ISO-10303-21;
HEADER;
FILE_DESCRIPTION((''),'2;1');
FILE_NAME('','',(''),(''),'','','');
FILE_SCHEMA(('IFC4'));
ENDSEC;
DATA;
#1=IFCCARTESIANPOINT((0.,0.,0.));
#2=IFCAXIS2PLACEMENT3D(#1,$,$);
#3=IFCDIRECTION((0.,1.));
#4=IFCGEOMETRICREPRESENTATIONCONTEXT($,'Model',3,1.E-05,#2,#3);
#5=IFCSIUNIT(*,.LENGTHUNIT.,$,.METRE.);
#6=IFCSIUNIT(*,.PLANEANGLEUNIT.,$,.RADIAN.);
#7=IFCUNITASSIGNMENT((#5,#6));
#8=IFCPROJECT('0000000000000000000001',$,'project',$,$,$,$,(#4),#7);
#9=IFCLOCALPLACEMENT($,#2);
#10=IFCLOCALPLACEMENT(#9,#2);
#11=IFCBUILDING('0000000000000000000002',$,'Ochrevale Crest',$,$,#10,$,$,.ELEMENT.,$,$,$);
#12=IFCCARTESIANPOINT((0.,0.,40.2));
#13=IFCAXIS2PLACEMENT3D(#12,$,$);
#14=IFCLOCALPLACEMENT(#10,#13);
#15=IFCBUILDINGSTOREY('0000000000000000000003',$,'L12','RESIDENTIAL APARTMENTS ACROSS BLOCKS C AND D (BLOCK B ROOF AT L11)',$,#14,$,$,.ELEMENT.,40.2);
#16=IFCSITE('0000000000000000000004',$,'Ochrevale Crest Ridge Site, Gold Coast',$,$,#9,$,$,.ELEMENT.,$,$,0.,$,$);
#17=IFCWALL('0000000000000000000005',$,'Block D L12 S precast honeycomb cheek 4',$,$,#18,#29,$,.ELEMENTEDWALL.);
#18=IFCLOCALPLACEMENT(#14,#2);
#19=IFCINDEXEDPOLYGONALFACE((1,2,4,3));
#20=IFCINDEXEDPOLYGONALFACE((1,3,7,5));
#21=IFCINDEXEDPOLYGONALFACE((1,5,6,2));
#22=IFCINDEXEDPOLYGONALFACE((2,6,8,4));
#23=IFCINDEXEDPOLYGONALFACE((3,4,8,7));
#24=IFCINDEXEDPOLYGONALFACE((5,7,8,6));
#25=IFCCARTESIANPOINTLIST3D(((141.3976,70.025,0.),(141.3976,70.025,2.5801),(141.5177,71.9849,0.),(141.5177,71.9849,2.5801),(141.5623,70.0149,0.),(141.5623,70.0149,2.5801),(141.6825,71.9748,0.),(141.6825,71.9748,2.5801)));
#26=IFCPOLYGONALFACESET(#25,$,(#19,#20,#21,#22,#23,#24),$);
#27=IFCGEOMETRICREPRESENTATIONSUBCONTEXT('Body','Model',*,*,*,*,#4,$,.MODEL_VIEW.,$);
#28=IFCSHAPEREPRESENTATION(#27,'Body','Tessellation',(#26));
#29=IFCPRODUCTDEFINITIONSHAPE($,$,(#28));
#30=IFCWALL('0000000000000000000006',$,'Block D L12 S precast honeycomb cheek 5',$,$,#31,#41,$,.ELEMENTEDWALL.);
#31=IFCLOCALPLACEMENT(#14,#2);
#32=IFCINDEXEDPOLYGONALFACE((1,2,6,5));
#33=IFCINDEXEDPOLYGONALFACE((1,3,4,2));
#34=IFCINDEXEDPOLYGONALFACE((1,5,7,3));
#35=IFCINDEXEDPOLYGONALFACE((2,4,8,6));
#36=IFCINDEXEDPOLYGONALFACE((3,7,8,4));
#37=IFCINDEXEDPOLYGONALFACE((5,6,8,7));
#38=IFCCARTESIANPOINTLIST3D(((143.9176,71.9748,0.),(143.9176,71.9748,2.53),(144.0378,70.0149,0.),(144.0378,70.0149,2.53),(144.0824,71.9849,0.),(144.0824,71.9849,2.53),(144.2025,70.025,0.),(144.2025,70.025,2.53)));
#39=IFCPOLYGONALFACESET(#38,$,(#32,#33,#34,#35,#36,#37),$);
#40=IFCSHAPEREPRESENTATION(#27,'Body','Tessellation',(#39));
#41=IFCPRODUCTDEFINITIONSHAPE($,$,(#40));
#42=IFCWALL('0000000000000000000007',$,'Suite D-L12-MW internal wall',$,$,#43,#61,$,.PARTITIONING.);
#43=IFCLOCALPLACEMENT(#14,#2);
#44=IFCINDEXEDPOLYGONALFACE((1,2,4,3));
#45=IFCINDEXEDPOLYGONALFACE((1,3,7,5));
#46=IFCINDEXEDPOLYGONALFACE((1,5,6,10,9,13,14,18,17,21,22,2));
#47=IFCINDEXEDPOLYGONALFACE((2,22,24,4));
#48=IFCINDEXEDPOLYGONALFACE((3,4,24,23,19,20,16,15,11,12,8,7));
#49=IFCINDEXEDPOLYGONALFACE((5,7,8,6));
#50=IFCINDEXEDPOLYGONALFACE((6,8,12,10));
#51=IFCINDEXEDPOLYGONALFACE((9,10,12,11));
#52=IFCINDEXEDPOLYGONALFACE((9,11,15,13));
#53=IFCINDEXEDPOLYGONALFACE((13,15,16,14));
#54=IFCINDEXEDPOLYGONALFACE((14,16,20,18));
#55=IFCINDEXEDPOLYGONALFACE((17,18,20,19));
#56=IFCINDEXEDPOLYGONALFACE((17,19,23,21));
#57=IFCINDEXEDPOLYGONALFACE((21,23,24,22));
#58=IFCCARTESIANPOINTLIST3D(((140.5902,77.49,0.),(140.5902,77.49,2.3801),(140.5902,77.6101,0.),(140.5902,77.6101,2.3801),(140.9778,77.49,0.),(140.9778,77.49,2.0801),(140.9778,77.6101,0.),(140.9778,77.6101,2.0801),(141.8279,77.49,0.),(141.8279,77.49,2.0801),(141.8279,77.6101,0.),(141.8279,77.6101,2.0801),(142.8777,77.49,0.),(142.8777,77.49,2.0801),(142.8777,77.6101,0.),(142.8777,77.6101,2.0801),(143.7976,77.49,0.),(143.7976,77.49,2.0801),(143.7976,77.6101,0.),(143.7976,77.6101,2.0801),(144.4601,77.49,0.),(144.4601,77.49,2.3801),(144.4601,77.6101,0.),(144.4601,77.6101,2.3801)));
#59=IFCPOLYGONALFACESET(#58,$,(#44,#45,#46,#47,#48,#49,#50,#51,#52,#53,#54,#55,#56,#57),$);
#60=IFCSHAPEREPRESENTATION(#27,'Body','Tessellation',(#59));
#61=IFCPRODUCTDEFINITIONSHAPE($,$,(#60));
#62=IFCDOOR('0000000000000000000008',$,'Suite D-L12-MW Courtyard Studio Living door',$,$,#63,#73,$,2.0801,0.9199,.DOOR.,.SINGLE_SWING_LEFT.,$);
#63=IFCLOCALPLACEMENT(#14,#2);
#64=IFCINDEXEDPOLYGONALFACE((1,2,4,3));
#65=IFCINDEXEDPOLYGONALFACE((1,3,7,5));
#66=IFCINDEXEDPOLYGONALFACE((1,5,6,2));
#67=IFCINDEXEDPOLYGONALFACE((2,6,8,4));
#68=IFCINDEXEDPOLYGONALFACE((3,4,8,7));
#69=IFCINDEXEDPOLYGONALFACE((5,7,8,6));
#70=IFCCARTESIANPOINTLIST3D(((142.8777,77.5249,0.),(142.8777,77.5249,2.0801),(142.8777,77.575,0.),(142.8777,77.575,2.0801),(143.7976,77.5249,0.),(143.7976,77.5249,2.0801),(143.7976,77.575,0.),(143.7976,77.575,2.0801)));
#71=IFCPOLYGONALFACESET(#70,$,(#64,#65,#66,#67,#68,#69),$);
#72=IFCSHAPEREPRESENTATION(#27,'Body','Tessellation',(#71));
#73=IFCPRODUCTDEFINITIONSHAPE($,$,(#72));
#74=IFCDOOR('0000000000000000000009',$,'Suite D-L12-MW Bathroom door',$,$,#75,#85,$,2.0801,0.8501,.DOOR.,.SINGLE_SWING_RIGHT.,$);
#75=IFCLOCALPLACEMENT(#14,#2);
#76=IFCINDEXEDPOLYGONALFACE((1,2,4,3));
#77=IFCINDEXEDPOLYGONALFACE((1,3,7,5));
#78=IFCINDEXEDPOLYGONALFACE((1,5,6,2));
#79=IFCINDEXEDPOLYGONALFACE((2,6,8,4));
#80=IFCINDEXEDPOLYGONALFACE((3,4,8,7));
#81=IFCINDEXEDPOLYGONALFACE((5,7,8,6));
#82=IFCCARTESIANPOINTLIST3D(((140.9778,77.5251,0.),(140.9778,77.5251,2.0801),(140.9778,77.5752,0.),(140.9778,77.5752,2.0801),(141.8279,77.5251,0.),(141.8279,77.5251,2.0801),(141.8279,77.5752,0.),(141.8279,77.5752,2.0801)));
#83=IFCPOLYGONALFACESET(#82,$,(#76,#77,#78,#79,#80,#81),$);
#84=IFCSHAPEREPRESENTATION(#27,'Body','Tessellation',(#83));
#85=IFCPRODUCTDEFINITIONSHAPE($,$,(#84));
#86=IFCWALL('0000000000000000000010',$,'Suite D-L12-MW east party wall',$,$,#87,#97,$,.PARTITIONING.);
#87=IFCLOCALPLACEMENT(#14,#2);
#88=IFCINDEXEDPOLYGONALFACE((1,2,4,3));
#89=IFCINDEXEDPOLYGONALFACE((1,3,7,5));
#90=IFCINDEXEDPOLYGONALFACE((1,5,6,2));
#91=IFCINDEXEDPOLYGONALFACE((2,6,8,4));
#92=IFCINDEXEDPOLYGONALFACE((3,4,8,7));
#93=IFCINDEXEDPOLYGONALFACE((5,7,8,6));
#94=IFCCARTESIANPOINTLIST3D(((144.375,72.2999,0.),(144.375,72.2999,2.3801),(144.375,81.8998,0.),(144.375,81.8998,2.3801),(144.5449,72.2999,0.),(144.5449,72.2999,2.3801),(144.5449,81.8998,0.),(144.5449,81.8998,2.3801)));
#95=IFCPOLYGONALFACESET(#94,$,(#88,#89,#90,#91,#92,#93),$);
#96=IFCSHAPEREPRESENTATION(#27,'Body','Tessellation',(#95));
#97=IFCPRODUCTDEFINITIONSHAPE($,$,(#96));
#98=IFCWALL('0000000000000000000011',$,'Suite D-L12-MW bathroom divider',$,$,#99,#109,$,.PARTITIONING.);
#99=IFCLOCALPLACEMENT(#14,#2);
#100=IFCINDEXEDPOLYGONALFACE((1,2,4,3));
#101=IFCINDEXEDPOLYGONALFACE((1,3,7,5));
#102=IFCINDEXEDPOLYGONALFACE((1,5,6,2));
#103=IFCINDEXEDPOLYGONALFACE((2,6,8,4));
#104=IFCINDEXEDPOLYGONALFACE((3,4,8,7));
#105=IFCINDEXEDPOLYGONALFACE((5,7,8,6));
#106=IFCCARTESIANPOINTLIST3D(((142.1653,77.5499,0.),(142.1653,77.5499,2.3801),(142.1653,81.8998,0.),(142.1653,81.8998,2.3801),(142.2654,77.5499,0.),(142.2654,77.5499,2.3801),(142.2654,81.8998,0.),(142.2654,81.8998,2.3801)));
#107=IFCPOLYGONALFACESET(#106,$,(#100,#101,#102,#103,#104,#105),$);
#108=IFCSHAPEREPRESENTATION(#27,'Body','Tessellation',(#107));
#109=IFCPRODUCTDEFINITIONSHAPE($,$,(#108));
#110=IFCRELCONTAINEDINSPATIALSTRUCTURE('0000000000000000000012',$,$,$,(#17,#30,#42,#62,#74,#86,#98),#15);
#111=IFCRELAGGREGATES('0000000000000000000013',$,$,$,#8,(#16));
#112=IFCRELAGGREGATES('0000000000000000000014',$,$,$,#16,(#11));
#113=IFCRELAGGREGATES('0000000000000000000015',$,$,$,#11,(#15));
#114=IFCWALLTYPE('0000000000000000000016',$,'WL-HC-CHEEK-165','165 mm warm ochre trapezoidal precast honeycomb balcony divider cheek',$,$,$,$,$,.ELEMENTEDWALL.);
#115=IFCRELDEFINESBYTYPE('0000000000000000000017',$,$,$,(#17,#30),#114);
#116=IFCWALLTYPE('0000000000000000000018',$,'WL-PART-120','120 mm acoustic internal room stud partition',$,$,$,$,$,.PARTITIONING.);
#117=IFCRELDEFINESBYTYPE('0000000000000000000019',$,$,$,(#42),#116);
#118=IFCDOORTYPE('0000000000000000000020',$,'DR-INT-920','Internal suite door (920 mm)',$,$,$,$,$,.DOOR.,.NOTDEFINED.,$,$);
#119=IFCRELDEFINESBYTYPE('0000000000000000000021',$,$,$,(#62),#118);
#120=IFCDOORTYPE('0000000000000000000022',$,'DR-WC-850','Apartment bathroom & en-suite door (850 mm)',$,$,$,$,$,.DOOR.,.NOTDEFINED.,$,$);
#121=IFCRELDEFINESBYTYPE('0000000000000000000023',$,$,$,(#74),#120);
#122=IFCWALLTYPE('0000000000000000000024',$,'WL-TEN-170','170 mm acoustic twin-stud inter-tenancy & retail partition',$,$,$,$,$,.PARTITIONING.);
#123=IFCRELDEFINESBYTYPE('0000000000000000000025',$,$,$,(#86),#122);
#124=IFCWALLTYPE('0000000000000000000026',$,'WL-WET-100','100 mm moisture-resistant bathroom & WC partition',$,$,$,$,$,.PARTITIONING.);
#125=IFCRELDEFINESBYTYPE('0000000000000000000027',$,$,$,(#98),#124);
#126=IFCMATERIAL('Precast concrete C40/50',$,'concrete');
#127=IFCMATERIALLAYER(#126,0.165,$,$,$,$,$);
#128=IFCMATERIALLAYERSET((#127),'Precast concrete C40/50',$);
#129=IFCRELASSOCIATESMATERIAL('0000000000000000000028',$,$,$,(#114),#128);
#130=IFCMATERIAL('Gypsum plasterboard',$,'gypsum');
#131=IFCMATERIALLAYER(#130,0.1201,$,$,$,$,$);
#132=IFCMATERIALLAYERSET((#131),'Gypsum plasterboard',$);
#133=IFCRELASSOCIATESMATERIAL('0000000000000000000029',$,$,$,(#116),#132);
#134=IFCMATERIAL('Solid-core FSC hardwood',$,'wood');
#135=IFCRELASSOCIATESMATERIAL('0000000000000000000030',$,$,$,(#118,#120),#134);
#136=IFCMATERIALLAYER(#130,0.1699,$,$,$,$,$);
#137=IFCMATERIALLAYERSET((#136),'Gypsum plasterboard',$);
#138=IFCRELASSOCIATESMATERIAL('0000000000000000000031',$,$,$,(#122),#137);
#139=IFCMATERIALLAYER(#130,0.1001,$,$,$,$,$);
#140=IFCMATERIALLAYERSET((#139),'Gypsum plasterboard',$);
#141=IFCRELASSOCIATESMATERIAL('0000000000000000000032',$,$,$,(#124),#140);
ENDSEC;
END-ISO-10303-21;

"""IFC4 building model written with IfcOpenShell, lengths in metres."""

from ifc_helpers import new_model, si_unit, direction, frame, frame_2d, origin, place, context, subcontext, project, spatial, rectangle, extrude, material, layer, layer_set, type_object, element, fill, save


model = new_model("IFC4")

# Units and contexts
model_context = context("Model", 3, precision=1e-05, world=origin(), true_north=direction((0.0, 1.0)))
body_context = subcontext(model_context, "Body", "Model", "MODEL_VIEW")
ifc_project = project(units=[si_unit("LENGTHUNIT", "METRE"), si_unit("PLANEANGLEUNIT", "RADIAN")], contexts=[model_context])

# Site, building, storey
site_placement = place(None, origin())
site = spatial("IfcSite", under=ifc_project, at=site_placement, Name="Ochrevale Crest Ridge Site, Gold Coast", CompositionType="ELEMENT", RefElevation=0.0)
building_placement = place(site_placement, origin())
building = spatial("IfcBuilding", under=site, at=building_placement, Name="Ochrevale Crest", CompositionType="ELEMENT")
storey_placement = place(building_placement, frame((0.0, 0.0, 40.2)))
storey = spatial("IfcBuildingStorey", under=building, at=storey_placement, Name="L12", Description="RESIDENTIAL APARTMENTS ACROSS BLOCKS C AND D (BLOCK B ROOF AT L11)", CompositionType="ELEMENT", Elevation=40.2)

# Shared definitions
ifc_material_1 = material(Name="Precast concrete C40/50", Category="concrete")

# Walls
ifc_layer_1 = layer(ifc_material_1, 0.165)
ifc_layer_set_1 = layer_set([ifc_layer_1], Name="Precast concrete C40/50")
wall_type_1 = type_object("IfcWallType", Name="WL-HC-CHEEK-165", Description="165 mm warm ochre trapezoidal precast honeycomb balcony divider cheek", PredefinedType="ELEMENTEDWALL", material=ifc_layer_set_1)
wall_1_placement = place(storey_placement, frame((141.6001, 71.98, 0.0), z_axis=(0.0, 0.0, 1.0), x_axis=(-0.061171, -0.998127, 0.0)))
element("IfcWall", 1, at=wall_1_placement, inside=storey, type_object=wall_type_1, Name="Block D L12 S precast honeycomb cheek 4", PredefinedType="ELEMENTEDWALL", context=body_context, shape_type="SweptSolid", body=[
    extrude(rectangle(XDim=1.9636, YDim=0.165, at=frame_2d((0.9819, 0.0))), origin(), (0.0, 0.0, 1.0), 2.5801),
])
wall_2_placement = place(storey_placement, frame((144.0, 71.98, 0.0), z_axis=(0.0, 0.0, 1.0), x_axis=(0.061171, -0.998127, 0.0)))
element("IfcWall", 2, at=wall_2_placement, inside=storey, type_object=wall_type_1, Name="Block D L12 S precast honeycomb cheek 5", PredefinedType="ELEMENTEDWALL", context=body_context, shape_type="SweptSolid", body=[
    extrude(rectangle(XDim=1.9636, YDim=0.165, at=frame_2d((0.9819, 0.0))), origin(), (0.0, 0.0, 1.0), 2.53),
])

# Wall, openings, doors
ifc_material_2 = material(Name="Gypsum plasterboard", Category="gypsum")
ifc_layer_2 = layer(ifc_material_2, 0.1201)
ifc_layer_set_2 = layer_set([ifc_layer_2], Name="Gypsum plasterboard")
wall_type_2 = type_object("IfcWallType", Name="WL-PART-120", Description="120 mm acoustic internal room stud partition", PredefinedType="PARTITIONING", material=ifc_layer_set_2)
wall_3_placement = place(storey_placement, frame((140.5901, 77.55, 0.0), z_axis=(0.0, 0.0, 1.0), x_axis=(1.0, 0.0, 0.0)))
wall_3 = element("IfcWall", 3, at=wall_3_placement, inside=storey, type_object=wall_type_2, Name="Suite D-L12-MW internal wall", PredefinedType="PARTITIONING", context=body_context, shape_type="SweptSolid", body=[
    extrude(rectangle(XDim=3.8699, YDim=0.1201, at=frame_2d((1.9351, 0.0))), origin(), (0.0, 0.0, 1.0), 2.3801),
])
opening_1_placement = place(wall_3_placement, frame((1.2378, 0.0, 0.0), z_axis=(0.0, 0.0, 1.0), x_axis=(-1.0, 0.0, 0.0)))
opening_1 = element("IfcOpeningElement", 4, at=opening_1_placement, cuts=wall_3, PredefinedType="OPENING", context=body_context, shape_type="SweptSolid", body=[
    extrude(rectangle(XDim=0.8501, YDim=2.0801, at=frame_2d((0.425, 1.04))), frame((0.0, 0.0701, 0.0), z_axis=(0.0, -1.0, 0.0), x_axis=(1.0, 0.0, 0.0)), (0.0, 0.0, 1.0), 0.1401),
])
opening_2_placement = place(wall_3_placement, frame((2.2876, 0.0, 0.0)))
opening_2 = element("IfcOpeningElement", 5, at=opening_2_placement, cuts=wall_3, PredefinedType="OPENING", context=body_context, shape_type="SweptSolid", body=[
    extrude(rectangle(XDim=0.9199, YDim=2.0801, at=frame_2d((0.46, 1.04))), frame((0.0, 0.0701, 0.0), z_axis=(0.0, -1.0, 0.0), x_axis=(1.0, 0.0, 0.0)), (0.0, 0.0, 1.0), 0.1401),
])
ifc_material_3 = material(Name="Solid-core FSC hardwood", Category="wood")
door_type_1 = type_object("IfcDoorType", Name="DR-INT-920", Description="Internal suite door (920 mm)", OperationType="NOTDEFINED", PredefinedType="DOOR", material=ifc_material_3)
door_1_placement = place(opening_2_placement, origin())
door_1 = element("IfcDoor", 6, at=door_1_placement, inside=storey, type_object=door_type_1, Name="Suite D-L12-MW Courtyard Studio Living door", OperationType="SINGLE_SWING_LEFT", OverallHeight=2.0801, OverallWidth=0.9199, PredefinedType="DOOR", context=body_context, shape_type="SweptSolid", body=[
    extrude(rectangle(XDim=0.9199, YDim=2.0801, at=frame_2d((0.46, 1.04))), frame((0.0, 0.0249, 0.0), z_axis=(0.0, -1.0, 0.0), x_axis=(1.0, 0.0, 0.0)), (0.0, 0.0, 1.0), 0.05),
])
fill(opening_2, door_1)
door_type_2 = type_object("IfcDoorType", Name="DR-WC-850", Description="Apartment bathroom & en-suite door (850 mm)", OperationType="NOTDEFINED", PredefinedType="DOOR", material=ifc_material_3)
door_2_placement = place(opening_1_placement, origin())
door_2 = element("IfcDoor", 7, at=door_2_placement, inside=storey, type_object=door_type_2, Name="Suite D-L12-MW Bathroom door", OperationType="SINGLE_SWING_RIGHT", OverallHeight=2.0801, OverallWidth=0.8501, PredefinedType="DOOR", context=body_context, shape_type="SweptSolid", body=[
    extrude(rectangle(XDim=0.8501, YDim=2.0801, at=frame_2d((0.425, 1.04))), frame((0.0, 0.0249, 0.0), z_axis=(0.0, -1.0, 0.0), x_axis=(1.0, 0.0, 0.0)), (0.0, 0.0, 1.0), 0.05),
])
fill(opening_1, door_2)

# Walls
ifc_layer_3 = layer(ifc_material_2, 0.1699)
ifc_layer_set_3 = layer_set([ifc_layer_3], Name="Gypsum plasterboard")
wall_type_3 = type_object("IfcWallType", Name="WL-TEN-170", Description="170 mm acoustic twin-stud inter-tenancy & retail partition", PredefinedType="PARTITIONING", material=ifc_layer_set_3)
wall_4_placement = place(storey_placement, frame((144.46, 72.3, 0.0), z_axis=(0.0, 0.0, 1.0), x_axis=(0.0, 1.0, 0.0)))
element("IfcWall", 8, at=wall_4_placement, inside=storey, type_object=wall_type_3, Name="Suite D-L12-MW east party wall", PredefinedType="PARTITIONING", context=body_context, shape_type="SweptSolid", body=[
    extrude(rectangle(XDim=9.5999, YDim=0.1699, at=frame_2d((4.7998, 0.0))), origin(), (0.0, 0.0, 1.0), 2.3801),
])
ifc_layer_4 = layer(ifc_material_2, 0.1001)
ifc_layer_set_4 = layer_set([ifc_layer_4], Name="Gypsum plasterboard")
wall_type_4 = type_object("IfcWallType", Name="WL-WET-100", Description="100 mm moisture-resistant bathroom & WC partition", PredefinedType="PARTITIONING", material=ifc_layer_set_4)
wall_5_placement = place(storey_placement, frame((142.2153, 77.55, 0.0), z_axis=(0.0, 0.0, 1.0), x_axis=(0.0, 1.0, 0.0)))
element("IfcWall", 9, at=wall_5_placement, inside=storey, type_object=wall_type_4, Name="Suite D-L12-MW bathroom divider", PredefinedType="PARTITIONING", context=body_context, shape_type="SweptSolid", body=[
    extrude(rectangle(XDim=4.3499, YDim=0.1001, at=frame_2d((2.1748, 0.0))), origin(), (0.0, 0.0, 1.0), 2.3801),
])

save(model, "model.ifc")
